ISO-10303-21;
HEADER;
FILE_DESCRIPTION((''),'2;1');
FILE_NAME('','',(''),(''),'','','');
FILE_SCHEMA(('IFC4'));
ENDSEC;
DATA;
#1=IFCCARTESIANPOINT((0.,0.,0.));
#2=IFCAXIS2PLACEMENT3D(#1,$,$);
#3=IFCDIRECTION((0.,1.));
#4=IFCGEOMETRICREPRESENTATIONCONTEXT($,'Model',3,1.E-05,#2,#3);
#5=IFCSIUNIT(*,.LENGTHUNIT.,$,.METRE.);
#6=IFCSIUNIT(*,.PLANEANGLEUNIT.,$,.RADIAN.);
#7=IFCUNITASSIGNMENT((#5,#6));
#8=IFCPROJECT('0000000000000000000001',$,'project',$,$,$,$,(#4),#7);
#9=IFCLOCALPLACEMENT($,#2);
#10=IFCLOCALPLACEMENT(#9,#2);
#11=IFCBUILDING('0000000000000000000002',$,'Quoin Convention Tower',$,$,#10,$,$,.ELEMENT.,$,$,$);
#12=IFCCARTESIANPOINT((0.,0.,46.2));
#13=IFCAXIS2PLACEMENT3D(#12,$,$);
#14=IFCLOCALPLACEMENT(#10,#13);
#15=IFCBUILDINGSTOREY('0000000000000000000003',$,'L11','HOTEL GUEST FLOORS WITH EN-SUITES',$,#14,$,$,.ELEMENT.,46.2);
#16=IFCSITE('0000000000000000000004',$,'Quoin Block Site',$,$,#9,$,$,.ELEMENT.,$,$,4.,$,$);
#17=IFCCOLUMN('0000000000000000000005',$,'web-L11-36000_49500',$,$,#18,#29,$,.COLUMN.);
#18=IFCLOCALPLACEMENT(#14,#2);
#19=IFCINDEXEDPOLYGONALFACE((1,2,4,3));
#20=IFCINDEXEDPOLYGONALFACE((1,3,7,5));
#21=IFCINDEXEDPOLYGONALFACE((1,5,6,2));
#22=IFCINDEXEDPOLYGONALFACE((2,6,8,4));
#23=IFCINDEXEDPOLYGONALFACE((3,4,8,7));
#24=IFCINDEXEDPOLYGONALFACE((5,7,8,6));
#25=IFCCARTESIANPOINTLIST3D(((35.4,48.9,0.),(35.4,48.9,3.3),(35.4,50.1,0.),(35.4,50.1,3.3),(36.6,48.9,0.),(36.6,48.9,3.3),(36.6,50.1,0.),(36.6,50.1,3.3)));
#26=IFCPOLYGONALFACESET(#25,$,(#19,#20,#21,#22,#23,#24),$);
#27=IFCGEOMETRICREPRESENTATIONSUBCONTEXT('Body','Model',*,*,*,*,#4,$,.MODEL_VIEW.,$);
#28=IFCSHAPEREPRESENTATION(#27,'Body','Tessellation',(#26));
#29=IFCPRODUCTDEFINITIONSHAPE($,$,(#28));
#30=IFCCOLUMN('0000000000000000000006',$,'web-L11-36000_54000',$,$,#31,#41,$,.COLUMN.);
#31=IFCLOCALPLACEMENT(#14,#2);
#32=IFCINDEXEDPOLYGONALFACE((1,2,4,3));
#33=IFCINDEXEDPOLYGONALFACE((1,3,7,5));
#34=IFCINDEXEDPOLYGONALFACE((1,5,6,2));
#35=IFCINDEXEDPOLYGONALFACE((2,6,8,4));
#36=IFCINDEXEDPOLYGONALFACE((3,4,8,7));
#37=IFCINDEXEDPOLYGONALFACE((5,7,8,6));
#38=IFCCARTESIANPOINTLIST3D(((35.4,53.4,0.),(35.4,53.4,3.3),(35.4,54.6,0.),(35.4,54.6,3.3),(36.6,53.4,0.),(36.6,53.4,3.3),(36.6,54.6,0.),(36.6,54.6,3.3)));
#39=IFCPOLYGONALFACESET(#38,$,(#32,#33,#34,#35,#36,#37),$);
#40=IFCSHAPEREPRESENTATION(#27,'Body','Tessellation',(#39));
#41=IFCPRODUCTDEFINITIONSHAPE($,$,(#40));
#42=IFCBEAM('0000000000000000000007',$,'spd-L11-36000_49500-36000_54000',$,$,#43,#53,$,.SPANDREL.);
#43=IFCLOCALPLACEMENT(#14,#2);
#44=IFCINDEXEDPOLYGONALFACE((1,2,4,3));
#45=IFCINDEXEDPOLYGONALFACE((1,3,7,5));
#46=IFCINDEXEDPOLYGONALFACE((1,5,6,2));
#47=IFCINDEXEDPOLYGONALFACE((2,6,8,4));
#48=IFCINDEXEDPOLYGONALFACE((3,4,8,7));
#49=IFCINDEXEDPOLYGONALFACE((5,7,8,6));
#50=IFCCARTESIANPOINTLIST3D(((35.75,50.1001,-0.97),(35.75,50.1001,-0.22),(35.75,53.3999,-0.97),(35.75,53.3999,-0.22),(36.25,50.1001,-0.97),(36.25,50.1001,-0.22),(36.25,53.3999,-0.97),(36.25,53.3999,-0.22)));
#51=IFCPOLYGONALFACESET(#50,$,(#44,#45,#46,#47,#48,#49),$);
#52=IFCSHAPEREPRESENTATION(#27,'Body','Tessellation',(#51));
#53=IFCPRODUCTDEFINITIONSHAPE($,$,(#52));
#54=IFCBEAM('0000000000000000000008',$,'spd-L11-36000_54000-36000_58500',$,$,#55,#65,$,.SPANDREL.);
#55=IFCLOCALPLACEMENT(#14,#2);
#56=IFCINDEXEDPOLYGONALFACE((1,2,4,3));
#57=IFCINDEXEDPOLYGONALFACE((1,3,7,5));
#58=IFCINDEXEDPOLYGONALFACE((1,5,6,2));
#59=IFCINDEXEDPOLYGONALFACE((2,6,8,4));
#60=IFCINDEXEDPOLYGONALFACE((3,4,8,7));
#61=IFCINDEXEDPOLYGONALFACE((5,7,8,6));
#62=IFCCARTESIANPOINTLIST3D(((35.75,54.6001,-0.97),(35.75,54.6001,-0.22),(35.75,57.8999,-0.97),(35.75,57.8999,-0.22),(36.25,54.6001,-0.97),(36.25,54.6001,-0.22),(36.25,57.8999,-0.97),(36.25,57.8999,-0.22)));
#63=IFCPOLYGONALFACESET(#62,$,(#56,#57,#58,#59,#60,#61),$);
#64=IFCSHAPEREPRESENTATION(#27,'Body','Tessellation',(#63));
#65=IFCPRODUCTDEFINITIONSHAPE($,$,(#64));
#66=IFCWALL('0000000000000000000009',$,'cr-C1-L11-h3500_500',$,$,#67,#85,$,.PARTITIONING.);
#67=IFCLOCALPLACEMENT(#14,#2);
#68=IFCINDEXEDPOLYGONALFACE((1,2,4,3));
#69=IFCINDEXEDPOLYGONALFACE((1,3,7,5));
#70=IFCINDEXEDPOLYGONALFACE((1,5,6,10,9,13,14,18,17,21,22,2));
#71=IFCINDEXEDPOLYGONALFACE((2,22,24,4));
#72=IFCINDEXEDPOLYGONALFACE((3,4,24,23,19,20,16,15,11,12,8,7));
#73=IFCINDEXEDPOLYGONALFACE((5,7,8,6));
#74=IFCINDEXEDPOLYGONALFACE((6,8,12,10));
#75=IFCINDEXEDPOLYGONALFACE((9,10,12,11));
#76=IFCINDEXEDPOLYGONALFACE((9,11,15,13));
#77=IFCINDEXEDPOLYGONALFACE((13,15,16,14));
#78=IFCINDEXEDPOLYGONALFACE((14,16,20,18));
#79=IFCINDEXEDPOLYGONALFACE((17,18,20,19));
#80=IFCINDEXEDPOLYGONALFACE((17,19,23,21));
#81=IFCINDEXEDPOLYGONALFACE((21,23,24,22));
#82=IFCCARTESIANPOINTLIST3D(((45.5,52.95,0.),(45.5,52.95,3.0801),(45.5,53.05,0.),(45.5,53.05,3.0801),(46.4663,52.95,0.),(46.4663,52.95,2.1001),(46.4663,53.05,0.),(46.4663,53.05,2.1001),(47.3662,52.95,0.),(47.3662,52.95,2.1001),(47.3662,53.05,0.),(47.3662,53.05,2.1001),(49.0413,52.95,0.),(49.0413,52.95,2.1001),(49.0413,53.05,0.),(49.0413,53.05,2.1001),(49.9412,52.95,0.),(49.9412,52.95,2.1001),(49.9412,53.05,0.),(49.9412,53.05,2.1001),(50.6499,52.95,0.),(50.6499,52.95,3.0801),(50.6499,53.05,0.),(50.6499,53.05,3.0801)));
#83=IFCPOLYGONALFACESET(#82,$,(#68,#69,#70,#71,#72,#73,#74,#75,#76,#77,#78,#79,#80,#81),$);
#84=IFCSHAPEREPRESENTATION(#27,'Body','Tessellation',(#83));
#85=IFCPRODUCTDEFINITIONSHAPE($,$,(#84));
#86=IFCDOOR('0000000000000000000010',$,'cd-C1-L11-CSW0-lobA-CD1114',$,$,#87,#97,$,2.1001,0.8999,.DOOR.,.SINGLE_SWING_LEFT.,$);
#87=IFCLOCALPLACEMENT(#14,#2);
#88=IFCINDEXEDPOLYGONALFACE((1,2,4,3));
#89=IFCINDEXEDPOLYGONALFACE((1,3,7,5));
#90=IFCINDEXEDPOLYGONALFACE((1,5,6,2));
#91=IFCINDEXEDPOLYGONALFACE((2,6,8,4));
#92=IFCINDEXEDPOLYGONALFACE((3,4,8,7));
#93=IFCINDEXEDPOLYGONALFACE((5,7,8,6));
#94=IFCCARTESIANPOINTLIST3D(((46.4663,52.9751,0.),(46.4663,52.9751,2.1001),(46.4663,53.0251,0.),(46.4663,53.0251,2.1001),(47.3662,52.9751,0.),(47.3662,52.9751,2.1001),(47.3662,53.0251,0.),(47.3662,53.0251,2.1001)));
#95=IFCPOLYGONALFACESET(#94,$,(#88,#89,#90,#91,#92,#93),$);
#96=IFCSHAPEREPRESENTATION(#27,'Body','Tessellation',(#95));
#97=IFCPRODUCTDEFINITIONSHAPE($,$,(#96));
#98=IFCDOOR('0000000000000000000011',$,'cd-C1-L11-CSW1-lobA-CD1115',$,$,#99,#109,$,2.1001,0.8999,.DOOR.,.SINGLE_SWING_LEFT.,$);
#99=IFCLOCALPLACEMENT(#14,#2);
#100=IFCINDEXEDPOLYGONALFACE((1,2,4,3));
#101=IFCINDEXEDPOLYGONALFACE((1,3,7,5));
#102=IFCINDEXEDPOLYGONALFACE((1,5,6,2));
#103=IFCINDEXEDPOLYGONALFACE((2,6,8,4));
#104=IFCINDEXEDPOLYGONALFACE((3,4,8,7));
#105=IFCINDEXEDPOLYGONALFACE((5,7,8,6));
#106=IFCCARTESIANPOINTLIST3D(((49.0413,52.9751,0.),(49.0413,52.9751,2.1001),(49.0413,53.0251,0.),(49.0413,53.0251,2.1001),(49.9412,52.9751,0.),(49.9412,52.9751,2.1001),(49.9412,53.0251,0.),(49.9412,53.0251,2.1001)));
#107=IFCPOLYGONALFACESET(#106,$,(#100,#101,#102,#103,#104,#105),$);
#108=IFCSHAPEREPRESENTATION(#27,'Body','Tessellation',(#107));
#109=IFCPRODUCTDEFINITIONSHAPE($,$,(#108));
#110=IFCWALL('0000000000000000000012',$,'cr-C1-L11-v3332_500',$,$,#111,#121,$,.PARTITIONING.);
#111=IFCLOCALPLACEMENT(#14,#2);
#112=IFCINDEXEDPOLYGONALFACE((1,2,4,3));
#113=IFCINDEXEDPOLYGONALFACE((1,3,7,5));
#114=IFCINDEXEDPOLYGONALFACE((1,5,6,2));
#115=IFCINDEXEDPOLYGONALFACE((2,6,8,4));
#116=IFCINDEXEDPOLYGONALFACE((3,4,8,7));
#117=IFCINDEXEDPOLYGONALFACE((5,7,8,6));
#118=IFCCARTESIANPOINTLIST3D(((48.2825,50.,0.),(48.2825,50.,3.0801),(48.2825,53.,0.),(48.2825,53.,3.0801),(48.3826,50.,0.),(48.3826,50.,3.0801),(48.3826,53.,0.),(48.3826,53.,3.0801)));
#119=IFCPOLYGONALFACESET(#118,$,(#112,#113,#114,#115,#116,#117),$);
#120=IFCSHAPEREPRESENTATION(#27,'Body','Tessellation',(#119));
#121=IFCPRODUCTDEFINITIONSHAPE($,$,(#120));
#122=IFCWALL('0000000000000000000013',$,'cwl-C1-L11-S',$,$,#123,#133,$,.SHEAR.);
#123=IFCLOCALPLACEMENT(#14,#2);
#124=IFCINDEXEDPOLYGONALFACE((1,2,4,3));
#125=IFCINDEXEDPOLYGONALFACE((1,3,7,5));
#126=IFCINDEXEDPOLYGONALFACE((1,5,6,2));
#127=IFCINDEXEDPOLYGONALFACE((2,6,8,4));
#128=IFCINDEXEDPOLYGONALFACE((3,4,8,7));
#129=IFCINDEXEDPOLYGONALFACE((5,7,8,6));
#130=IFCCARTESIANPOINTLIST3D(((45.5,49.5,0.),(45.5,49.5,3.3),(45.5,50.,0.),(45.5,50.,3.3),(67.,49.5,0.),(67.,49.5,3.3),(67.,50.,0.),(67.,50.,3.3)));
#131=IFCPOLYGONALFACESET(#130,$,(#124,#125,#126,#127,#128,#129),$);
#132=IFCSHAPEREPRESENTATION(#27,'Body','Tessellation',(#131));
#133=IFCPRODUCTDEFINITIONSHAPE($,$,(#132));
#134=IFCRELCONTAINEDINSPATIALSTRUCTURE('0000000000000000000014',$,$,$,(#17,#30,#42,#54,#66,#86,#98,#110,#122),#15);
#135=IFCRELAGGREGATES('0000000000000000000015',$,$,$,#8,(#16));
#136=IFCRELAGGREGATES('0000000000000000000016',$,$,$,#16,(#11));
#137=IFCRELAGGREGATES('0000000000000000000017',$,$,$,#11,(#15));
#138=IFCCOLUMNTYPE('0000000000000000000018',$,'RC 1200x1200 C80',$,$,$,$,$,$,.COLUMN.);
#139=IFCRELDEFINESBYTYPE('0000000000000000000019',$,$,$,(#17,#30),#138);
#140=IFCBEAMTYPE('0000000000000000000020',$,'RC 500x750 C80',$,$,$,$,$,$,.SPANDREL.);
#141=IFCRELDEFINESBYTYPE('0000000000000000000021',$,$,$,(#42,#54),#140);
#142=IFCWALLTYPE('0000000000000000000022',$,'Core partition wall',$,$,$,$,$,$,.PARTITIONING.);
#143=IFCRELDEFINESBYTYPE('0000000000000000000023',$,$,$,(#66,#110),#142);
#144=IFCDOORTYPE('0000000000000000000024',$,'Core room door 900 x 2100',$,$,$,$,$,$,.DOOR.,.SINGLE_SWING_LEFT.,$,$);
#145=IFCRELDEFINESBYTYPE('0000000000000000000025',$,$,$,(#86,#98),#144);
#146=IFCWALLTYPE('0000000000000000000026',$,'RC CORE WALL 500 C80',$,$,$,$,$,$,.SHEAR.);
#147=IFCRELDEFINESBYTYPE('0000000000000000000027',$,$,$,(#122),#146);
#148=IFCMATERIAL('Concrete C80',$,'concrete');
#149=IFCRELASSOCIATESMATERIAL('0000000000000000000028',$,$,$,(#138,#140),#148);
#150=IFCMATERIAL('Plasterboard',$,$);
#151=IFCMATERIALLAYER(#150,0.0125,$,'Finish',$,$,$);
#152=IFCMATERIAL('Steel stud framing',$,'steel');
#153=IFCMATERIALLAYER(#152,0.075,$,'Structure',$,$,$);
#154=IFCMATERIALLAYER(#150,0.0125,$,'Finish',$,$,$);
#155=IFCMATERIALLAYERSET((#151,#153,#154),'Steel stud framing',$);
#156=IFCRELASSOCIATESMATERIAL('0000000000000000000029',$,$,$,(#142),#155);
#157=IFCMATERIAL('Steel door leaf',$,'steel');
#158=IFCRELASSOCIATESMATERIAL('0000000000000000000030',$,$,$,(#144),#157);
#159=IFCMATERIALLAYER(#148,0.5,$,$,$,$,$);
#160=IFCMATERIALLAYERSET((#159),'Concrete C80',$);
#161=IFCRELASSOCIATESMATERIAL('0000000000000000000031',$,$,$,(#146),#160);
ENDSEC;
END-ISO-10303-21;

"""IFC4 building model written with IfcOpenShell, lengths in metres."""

from ifc_helpers import new_model, si_unit, direction, frame, frame_2d, origin, origin_2d, place, context, subcontext, project, spatial, rectangle, extrude, material, layer, layer_set, material_profile, profile_set, type_object, element, fill, save


model = new_model("IFC4")

# Units and contexts
model_context = context("Model", 3, precision=1e-05, world=origin(), true_north=direction((0.0, 1.0)))
body_context = subcontext(model_context, "Body", "Model", "MODEL_VIEW")
ifc_project = project(units=[si_unit("LENGTHUNIT", "METRE"), si_unit("PLANEANGLEUNIT", "RADIAN")], contexts=[model_context])

# Site, building, storey
site_placement = place(None, origin())
site = spatial("IfcSite", under=ifc_project, at=site_placement, Name="Quoin Block Site", CompositionType="ELEMENT", RefElevation=4.0)
building_placement = place(site_placement, origin())
building = spatial("IfcBuilding", under=site, at=building_placement, Name="Quoin Convention Tower", CompositionType="ELEMENT")
storey_placement = place(building_placement, frame((0.0, 0.0, 46.2)))
storey = spatial("IfcBuildingStorey", under=building, at=storey_placement, Name="L11", Description="HOTEL GUEST FLOORS WITH EN-SUITES", CompositionType="ELEMENT", Elevation=46.2)

# Columns
ifc_material_1 = material(Name="Concrete C80", Category="concrete")
ifc_material_profile_1 = material_profile(ifc_material_1, rectangle(XDim=1.2, YDim=1.2, at=origin_2d()), Name="RC 1200x1200")
ifc_profile_set_1 = profile_set([ifc_material_profile_1], Name="Concrete C80")
column_type = type_object("IfcColumnType", Name="RC 1200x1200 C80", PredefinedType="COLUMN", material=ifc_profile_set_1)
for number, where, z_axis, x_axis, name in (
    (1, (36.0, 49.5, 0.0), (0.0, 0.0, 1.0), (1.0, 0.0, 0.0), "web-L11-36000_49500"),
    (2, (36.0, 54.0, 0.0), (0.0, 0.0, 1.0), (1.0, 0.0, 0.0), "web-L11-36000_54000"),
):
    element("IfcColumn", number, at=place(storey_placement, frame(where, z_axis=z_axis, x_axis=x_axis)), inside=storey, type_object=column_type, Name=name, PredefinedType="COLUMN", context=body_context, shape_type="SweptSolid", body=[
        extrude(rectangle(XDim=1.2, YDim=1.2, at=origin_2d()), origin(), (0.0, 0.0, 1.0), 3.3),
    ])

# Beams
ifc_material_profile_2 = material_profile(ifc_material_1, rectangle(XDim=0.5, YDim=0.75, at=origin_2d()), Name="RC 500x750")
ifc_profile_set_2 = profile_set([ifc_material_profile_2], Name="Concrete C80")
beam_type = type_object("IfcBeamType", Name="RC 500x750 C80", PredefinedType="SPANDREL", material=ifc_profile_set_2)
for number, where, z_axis, x_axis, name in (
    (3, (36.0, 50.1001, -0.595), (0.0, 1.0, 0.0), (-1.0, 0.0, 0.0), "spd-L11-36000_49500-36000_54000"),
    (4, (36.0, 54.6001, -0.595), (0.0, 1.0, 0.0), (-1.0, 0.0, 0.0), "spd-L11-36000_54000-36000_58500"),
):
    element("IfcBeam", number, at=place(storey_placement, frame(where, z_axis=z_axis, x_axis=x_axis)), inside=storey, type_object=beam_type, Name=name, PredefinedType="SPANDREL", context=body_context, shape_type="SweptSolid", body=[
        extrude(rectangle(XDim=0.5, YDim=0.75, at=origin_2d()), origin(), (0.0, 0.0, 1.0), 3.2998),
    ])

# Wall, openings, doors
ifc_material_2 = material(Name="Plasterboard")
ifc_layer_1 = layer(ifc_material_2, 0.0125, Name="Finish")
ifc_material_3 = material(Name="Steel stud framing", Category="steel")
ifc_layer_2 = layer(ifc_material_3, 0.075, Name="Structure")
ifc_layer_3 = layer(ifc_material_2, 0.0125, Name="Finish")
ifc_layer_set_1 = layer_set([ifc_layer_1, ifc_layer_2, ifc_layer_3], Name="Steel stud framing")
wall_type_1 = type_object("IfcWallType", Name="Core partition wall", PredefinedType="PARTITIONING", material=ifc_layer_set_1)
wall_1_placement = place(storey_placement, frame((45.5, 53.0, 0.0), z_axis=(0.0, 0.0, 1.0), x_axis=(1.0, 0.0, 0.0)))
wall_1 = element("IfcWall", 5, at=wall_1_placement, inside=storey, type_object=wall_type_1, Name="cr-C1-L11-h3500_500", PredefinedType="PARTITIONING", context=body_context, shape_type="SweptSolid", body=[
    extrude(rectangle(XDim=5.1499, YDim=0.1001, at=frame_2d((2.575, 0.0))), origin(), (0.0, 0.0, 1.0), 3.0801),
])
opening_1_placement = place(wall_1_placement, frame((0.9663, 0.0, 0.0)))
opening_1 = element("IfcOpeningElement", 6, at=opening_1_placement, cuts=wall_1, PredefinedType="OPENING", context=body_context, shape_type="SweptSolid", body=[
    extrude(rectangle(XDim=0.8999, YDim=2.1001, at=frame_2d((0.45, 1.05))), frame((0.0, 0.0601, 0.0), z_axis=(0.0, -1.0, 0.0), x_axis=(1.0, 0.0, 0.0)), (0.0, 0.0, 1.0), 0.1201),
])
opening_2_placement = place(wall_1_placement, frame((3.5413, 0.0, 0.0)))
opening_2 = element("IfcOpeningElement", 7, at=opening_2_placement, cuts=wall_1, PredefinedType="OPENING", context=body_context, shape_type="SweptSolid", body=[
    extrude(rectangle(XDim=0.8999, YDim=2.1001, at=frame_2d((0.45, 1.05))), frame((0.0, 0.0601, 0.0), z_axis=(0.0, -1.0, 0.0), x_axis=(1.0, 0.0, 0.0)), (0.0, 0.0, 1.0), 0.1201),
])
ifc_material_4 = material(Name="Steel door leaf", Category="steel")
door_type_1 = type_object("IfcDoorType", Name="Core room door 900 x 2100", OperationType="SINGLE_SWING_LEFT", PredefinedType="DOOR", material=ifc_material_4)
door_1_placement = place(opening_1_placement, frame((0.8999, 0.0, 0.0), z_axis=(0.0, 0.0, 1.0), x_axis=(-1.0, 0.0, 0.0)))
door_1 = element("IfcDoor", 8, at=door_1_placement, inside=storey, type_object=door_type_1, Name="cd-C1-L11-CSW0-lobA-CD1114", OperationType="SINGLE_SWING_LEFT", OverallHeight=2.1001, OverallWidth=0.8999, PredefinedType="DOOR", context=body_context, shape_type="SweptSolid", body=[
    extrude(rectangle(XDim=0.8999, YDim=2.1001, at=frame_2d((0.45, 1.05))), frame((0.0, 0.0249, 0.0), z_axis=(0.0, -1.0, 0.0), x_axis=(1.0, 0.0, 0.0)), (0.0, 0.0, 1.0), 0.05),
])
fill(opening_1, door_1)
door_2_placement = place(opening_2_placement, frame((0.8999, 0.0, 0.0), z_axis=(0.0, 0.0, 1.0), x_axis=(-1.0, 0.0, 0.0)))
door_2 = element("IfcDoor", 9, at=door_2_placement, inside=storey, type_object=door_type_1, Name="cd-C1-L11-CSW1-lobA-CD1115", OperationType="SINGLE_SWING_LEFT", OverallHeight=2.1001, OverallWidth=0.8999, PredefinedType="DOOR", context=body_context, shape_type="SweptSolid", body=[
    extrude(rectangle(XDim=0.8999, YDim=2.1001, at=frame_2d((0.45, 1.05))), frame((0.0, 0.0249, 0.0), z_axis=(0.0, -1.0, 0.0), x_axis=(1.0, 0.0, 0.0)), (0.0, 0.0, 1.0), 0.05),
])
fill(opening_2, door_2)

# Walls
wall_2_placement = place(storey_placement, frame((48.3325, 50.0, 0.0), z_axis=(0.0, 0.0, 1.0), x_axis=(0.0, 1.0, 0.0)))
element("IfcWall", 10, at=wall_2_placement, inside=storey, type_object=wall_type_1, Name="cr-C1-L11-v3332_500", PredefinedType="PARTITIONING", context=body_context, shape_type="SweptSolid", body=[
    extrude(rectangle(XDim=3.0, YDim=0.1001, at=frame_2d((1.5, 0.0))), origin(), (0.0, 0.0, 1.0), 3.0801),
])
ifc_layer_4 = layer(ifc_material_1, 0.5)
ifc_layer_set_2 = layer_set([ifc_layer_4], Name="Concrete C80")
wall_type_2 = type_object("IfcWallType", Name="RC CORE WALL 500 C80", PredefinedType="SHEAR", material=ifc_layer_set_2)
wall_3_placement = place(storey_placement, frame((45.5, 49.75, 0.0), z_axis=(0.0, 0.0, 1.0), x_axis=(1.0, 0.0, 0.0)))
element("IfcWall", 11, at=wall_3_placement, inside=storey, type_object=wall_type_2, Name="cwl-C1-L11-S", PredefinedType="SHEAR", context=body_context, shape_type="SweptSolid", body=[
    extrude(rectangle(XDim=21.5, YDim=0.5, at=frame_2d((10.75, 0.0))), origin(), (0.0, 0.0, 1.0), 3.3),
])

save(model, "model.ifc")
